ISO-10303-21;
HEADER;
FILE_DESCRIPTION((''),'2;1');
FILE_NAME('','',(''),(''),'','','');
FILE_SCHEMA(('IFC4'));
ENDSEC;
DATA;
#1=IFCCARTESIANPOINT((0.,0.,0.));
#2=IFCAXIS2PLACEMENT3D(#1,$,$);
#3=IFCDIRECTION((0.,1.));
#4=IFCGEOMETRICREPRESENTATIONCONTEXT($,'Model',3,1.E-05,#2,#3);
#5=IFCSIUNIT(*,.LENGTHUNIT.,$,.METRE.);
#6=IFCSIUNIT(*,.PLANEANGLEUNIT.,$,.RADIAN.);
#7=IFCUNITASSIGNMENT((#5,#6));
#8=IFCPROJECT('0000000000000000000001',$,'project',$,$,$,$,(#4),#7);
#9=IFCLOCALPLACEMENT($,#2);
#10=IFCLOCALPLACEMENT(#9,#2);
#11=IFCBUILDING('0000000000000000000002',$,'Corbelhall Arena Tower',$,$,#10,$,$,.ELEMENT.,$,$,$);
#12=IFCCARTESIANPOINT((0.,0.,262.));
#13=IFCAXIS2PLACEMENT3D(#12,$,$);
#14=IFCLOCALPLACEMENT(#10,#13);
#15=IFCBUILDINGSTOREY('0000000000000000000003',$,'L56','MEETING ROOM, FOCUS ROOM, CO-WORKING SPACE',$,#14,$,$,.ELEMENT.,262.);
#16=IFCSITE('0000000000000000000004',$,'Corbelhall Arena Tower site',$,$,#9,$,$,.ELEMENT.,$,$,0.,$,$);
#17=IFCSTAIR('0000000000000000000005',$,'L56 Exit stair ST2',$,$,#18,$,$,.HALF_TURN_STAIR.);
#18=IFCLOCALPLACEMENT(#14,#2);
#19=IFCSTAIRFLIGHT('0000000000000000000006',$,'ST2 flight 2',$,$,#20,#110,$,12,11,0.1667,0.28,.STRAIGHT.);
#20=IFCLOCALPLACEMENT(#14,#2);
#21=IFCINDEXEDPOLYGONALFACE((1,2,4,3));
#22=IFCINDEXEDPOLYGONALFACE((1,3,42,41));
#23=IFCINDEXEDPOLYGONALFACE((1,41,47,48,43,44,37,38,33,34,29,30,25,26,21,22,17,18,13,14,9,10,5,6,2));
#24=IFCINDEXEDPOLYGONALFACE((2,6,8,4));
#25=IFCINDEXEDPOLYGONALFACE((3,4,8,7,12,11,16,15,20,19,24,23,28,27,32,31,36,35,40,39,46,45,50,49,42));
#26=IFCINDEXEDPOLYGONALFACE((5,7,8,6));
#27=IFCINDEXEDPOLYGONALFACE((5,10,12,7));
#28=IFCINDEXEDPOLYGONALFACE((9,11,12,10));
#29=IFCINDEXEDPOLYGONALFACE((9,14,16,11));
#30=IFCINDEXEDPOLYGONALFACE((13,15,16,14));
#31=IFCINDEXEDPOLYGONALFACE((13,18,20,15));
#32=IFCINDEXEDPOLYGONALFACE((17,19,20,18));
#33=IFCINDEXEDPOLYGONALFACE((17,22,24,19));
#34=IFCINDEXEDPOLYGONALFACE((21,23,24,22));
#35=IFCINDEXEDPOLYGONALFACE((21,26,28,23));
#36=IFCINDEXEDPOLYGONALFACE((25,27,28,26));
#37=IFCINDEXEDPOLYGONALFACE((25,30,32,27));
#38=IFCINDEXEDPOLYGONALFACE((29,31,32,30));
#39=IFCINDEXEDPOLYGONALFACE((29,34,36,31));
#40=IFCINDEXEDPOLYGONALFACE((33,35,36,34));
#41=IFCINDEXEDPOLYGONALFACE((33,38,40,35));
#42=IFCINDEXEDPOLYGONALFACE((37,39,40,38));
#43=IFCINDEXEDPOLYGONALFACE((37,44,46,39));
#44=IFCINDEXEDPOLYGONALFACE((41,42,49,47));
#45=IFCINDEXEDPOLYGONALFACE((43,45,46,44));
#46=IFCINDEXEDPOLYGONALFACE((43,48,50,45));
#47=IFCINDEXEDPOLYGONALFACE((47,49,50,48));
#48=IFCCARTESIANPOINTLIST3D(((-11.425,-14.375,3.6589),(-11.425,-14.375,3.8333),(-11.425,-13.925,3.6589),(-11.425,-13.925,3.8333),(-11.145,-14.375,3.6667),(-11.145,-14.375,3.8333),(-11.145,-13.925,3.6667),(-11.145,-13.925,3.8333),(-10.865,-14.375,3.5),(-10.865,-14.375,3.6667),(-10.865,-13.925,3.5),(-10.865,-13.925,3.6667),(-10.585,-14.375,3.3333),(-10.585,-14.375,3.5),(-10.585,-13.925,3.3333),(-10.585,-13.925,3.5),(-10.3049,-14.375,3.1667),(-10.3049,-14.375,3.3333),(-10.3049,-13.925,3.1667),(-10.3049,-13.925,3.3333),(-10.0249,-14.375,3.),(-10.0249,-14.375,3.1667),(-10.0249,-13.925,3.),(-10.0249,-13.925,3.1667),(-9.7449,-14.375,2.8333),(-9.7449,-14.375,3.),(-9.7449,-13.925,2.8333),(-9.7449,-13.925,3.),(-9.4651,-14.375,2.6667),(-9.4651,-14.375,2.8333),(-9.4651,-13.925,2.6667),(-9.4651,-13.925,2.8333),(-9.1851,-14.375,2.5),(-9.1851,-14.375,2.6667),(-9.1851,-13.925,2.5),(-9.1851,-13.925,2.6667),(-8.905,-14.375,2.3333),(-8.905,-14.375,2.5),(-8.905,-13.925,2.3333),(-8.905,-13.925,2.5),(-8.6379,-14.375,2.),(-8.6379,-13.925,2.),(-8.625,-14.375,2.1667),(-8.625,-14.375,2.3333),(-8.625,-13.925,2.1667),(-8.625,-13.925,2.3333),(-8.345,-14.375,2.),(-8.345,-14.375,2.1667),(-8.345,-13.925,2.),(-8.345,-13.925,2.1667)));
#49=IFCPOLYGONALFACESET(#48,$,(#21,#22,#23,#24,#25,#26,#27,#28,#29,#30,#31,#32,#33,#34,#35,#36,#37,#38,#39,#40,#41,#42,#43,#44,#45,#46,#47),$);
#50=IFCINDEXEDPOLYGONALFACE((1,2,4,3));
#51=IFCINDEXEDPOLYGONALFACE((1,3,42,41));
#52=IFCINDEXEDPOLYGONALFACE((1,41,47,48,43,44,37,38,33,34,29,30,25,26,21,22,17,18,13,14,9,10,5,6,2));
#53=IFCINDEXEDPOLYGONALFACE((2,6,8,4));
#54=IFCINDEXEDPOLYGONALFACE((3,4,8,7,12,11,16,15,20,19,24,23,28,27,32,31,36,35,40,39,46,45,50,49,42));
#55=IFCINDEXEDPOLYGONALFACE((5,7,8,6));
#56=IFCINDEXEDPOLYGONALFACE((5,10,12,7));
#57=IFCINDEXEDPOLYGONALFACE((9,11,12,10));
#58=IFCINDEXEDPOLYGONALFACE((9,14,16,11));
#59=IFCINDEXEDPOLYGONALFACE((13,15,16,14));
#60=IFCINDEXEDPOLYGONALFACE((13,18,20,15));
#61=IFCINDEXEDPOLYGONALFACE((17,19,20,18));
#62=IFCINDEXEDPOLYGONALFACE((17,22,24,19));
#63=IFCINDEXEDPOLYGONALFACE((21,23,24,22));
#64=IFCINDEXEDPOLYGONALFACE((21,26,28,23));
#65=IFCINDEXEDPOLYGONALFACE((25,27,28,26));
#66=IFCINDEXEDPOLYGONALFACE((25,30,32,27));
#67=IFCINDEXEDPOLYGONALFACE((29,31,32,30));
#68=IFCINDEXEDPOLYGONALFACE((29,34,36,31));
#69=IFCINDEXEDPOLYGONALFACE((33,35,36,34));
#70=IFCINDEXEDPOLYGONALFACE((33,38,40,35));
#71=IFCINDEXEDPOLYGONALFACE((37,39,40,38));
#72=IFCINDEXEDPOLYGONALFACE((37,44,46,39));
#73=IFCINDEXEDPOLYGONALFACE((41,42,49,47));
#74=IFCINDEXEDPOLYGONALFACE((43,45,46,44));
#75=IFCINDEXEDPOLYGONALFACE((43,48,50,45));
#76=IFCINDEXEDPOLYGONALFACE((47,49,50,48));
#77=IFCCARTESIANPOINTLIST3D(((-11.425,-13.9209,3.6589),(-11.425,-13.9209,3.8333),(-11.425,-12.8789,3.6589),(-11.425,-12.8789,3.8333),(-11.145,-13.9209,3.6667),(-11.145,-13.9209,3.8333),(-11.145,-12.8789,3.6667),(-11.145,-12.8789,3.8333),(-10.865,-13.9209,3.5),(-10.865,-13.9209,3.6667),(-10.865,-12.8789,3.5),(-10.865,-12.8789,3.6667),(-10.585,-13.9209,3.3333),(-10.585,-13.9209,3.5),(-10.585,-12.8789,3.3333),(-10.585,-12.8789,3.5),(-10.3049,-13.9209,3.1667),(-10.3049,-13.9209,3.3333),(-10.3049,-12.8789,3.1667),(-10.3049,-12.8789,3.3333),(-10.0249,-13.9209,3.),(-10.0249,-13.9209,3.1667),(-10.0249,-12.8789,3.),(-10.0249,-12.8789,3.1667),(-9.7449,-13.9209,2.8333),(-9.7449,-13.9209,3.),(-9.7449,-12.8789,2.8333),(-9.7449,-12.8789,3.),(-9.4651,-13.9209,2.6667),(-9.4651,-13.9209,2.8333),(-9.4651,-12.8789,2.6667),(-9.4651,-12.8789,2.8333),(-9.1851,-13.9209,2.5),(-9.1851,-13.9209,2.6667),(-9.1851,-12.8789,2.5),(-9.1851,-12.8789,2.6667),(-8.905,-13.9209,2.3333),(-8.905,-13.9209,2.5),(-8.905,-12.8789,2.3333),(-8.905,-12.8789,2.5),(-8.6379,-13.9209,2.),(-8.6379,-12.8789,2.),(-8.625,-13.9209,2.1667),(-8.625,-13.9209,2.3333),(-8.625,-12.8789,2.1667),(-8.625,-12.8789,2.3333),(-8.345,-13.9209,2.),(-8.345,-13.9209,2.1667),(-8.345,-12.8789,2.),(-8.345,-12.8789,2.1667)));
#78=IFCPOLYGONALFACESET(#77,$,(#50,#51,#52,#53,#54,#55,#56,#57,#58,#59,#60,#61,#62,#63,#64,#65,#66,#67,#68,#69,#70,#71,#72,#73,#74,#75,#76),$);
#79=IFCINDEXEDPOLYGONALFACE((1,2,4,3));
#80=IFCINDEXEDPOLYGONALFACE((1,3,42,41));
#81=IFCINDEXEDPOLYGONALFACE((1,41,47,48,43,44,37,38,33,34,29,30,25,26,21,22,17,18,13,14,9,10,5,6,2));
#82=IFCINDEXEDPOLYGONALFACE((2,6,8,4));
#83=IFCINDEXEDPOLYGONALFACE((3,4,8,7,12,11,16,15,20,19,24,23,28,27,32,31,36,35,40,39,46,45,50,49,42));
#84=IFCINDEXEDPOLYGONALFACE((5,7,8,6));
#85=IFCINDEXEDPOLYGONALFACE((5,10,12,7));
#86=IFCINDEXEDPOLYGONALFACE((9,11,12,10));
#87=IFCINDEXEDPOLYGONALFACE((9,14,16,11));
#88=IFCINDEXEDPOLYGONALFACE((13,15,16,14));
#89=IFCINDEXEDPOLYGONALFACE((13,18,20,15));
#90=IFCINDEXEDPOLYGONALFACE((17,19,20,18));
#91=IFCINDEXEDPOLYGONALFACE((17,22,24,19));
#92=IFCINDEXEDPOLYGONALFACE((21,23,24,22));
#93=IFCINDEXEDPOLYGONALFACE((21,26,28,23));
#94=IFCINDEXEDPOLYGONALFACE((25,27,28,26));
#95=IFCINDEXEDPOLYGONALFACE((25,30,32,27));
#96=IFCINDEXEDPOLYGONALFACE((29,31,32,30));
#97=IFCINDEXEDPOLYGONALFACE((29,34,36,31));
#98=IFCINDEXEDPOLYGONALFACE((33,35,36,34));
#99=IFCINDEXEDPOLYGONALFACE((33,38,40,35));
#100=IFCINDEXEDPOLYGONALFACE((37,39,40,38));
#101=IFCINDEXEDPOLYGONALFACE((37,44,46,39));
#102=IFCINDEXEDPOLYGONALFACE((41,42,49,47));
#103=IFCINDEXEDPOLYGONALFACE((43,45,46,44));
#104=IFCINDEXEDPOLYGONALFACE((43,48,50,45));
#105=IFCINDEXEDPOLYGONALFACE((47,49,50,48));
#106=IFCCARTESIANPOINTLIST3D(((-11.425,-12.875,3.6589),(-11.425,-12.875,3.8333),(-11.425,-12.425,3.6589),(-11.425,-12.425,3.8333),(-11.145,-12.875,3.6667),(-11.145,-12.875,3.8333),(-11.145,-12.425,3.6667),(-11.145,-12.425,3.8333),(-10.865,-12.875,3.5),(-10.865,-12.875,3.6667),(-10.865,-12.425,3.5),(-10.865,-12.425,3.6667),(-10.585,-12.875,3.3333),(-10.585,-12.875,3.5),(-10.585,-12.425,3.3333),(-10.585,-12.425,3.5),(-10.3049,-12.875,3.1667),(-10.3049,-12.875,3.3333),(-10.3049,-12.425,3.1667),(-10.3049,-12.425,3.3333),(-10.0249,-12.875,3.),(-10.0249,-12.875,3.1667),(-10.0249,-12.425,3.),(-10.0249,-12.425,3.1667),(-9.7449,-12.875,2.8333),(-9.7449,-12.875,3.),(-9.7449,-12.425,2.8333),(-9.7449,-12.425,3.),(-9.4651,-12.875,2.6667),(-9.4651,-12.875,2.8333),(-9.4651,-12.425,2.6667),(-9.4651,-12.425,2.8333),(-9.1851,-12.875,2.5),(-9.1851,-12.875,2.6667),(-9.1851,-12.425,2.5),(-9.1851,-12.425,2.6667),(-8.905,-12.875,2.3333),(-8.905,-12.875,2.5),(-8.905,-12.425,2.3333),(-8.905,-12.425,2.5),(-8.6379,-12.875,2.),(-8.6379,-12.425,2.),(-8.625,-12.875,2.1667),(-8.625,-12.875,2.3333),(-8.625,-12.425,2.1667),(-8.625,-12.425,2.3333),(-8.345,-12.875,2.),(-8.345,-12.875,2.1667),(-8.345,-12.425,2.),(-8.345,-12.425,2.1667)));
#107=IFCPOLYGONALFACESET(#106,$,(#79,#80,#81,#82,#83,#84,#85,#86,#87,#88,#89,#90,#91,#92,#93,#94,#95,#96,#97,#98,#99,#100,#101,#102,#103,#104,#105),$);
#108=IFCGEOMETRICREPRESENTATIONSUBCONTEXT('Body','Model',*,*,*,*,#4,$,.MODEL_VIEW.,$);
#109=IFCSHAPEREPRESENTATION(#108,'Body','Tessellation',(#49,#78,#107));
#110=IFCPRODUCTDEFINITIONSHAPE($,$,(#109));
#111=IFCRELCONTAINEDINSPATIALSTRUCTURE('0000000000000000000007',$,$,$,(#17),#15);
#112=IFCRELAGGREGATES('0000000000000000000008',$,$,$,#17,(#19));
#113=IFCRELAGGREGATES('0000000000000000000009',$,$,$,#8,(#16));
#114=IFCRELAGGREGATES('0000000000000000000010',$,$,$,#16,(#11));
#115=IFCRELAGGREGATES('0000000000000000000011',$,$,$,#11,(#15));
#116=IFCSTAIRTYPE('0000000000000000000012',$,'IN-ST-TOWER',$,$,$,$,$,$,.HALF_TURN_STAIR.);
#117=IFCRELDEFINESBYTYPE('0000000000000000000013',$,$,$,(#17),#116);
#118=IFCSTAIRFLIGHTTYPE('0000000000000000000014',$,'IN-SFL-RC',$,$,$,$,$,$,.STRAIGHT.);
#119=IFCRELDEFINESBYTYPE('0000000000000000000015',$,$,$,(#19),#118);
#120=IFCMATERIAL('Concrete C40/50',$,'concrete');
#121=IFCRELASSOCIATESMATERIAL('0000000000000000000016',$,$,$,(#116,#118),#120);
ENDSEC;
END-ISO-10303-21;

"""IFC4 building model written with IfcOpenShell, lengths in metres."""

from ifc_helpers import new_model, si_unit, direction, frame, origin, place, context, subcontext, project, spatial, polyline, outline, extrude, material, type_object, element, aggregate, save


model = new_model("IFC4")

# Units and contexts
model_context = context("Model", 3, precision=1e-05, world=origin(), true_north=direction((0.0, 1.0)))
body_context = subcontext(model_context, "Body", "Model", "MODEL_VIEW")
ifc_project = project(units=[si_unit("LENGTHUNIT", "METRE"), si_unit("PLANEANGLEUNIT", "RADIAN")], contexts=[model_context])

# Site, building, storey
site_placement = place(None, origin())
site = spatial("IfcSite", under=ifc_project, at=site_placement, Name="Corbelhall Arena Tower site", CompositionType="ELEMENT", RefElevation=0.0)
building_placement = place(site_placement, origin())
building = spatial("IfcBuilding", under=site, at=building_placement, Name="Corbelhall Arena Tower", CompositionType="ELEMENT")
storey_placement = place(building_placement, frame((0.0, 0.0, 262.0)))
storey = spatial("IfcBuildingStorey", under=building, at=storey_placement, Name="L56", Description="MEETING ROOM, FOCUS ROOM, CO-WORKING SPACE", CompositionType="ELEMENT", Elevation=262.0)

# Shared definitions
ifc_material_1 = material(Name="Concrete C40/50", Category="concrete")

# Stair, stair flight
stair_type = type_object("IfcStairType", Name="IN-ST-TOWER", PredefinedType="HALF_TURN_STAIR", material=ifc_material_1)
stair_placement = place(storey_placement, origin())
stair = element("IfcStair", 1, at=stair_placement, inside=storey, type_object=stair_type, Name="L56 Exit stair ST2", PredefinedType="HALF_TURN_STAIR")
stair_flight_type = type_object("IfcStairFlightType", Name="IN-SFL-RC", PredefinedType="STRAIGHT", material=ifc_material_1)
stair_flight_1_placement = place(storey_placement, frame((-8.345, -13.3999, 2.0), z_axis=(0.0, 0.0, 1.0), x_axis=(-1.0, 0.0, 0.0)))
stair_flight_1 = element("IfcStairFlight", 2, at=stair_flight_1_placement, type_object=stair_flight_type, Name="ST2 flight 2", NumberOfRisers=12, NumberOfTreads=11, PredefinedType="STRAIGHT", RiserHeight=0.1667, TreadLength=0.28, context=body_context, shape_type="SweptSolid", body=[
    extrude(outline(polyline([(0.0, 0.0), (0.0, 0.1667), (0.28, 0.1667), (0.28, 0.3333), (0.5601, 0.3333), (0.5601, 0.5), (0.8401, 0.5), (0.8401, 0.6667), (1.1201, 0.6667), (1.1201, 0.8333), (1.3999, 0.8333), (1.3999, 1.0), (1.6799, 1.0), (1.6799, 1.1667), (1.96, 1.1667), (1.96, 1.3333), (2.24, 1.3333), (2.24, 1.5), (2.52, 1.5), (2.52, 1.6667), (2.8, 1.6667), (2.8, 1.8333), (3.0801, 1.8333), (3.0801, 2.0), (3.0801, 1.6589), (0.293, 0.0), (0.0, 0.0)])), frame((0.0, 0.9751, 0.0), z_axis=(0.0, -1.0, 0.0), x_axis=(1.0, 0.0, 0.0)), (0.0, 0.0, 1.0), 0.45),
    extrude(outline(polyline([(0.0, 0.0), (0.0, 0.1667), (0.28, 0.1667), (0.28, 0.3333), (0.5601, 0.3333), (0.5601, 0.5), (0.8401, 0.5), (0.8401, 0.6667), (1.1201, 0.6667), (1.1201, 0.8333), (1.3999, 0.8333), (1.3999, 1.0), (1.6799, 1.0), (1.6799, 1.1667), (1.96, 1.1667), (1.96, 1.3333), (2.24, 1.3333), (2.24, 1.5), (2.52, 1.5), (2.52, 1.6667), (2.8, 1.6667), (2.8, 1.8333), (3.0801, 1.8333), (3.0801, 2.0), (3.0801, 1.6589), (0.293, 0.0), (0.0, 0.0)])), frame((0.0, 0.521, 0.0), z_axis=(0.0, -1.0, 0.0), x_axis=(1.0, 0.0, 0.0)), (0.0, 0.0, 1.0), 1.042),
    extrude(outline(polyline([(0.0, 0.0), (0.0, 0.1667), (0.28, 0.1667), (0.28, 0.3333), (0.5601, 0.3333), (0.5601, 0.5), (0.8401, 0.5), (0.8401, 0.6667), (1.1201, 0.6667), (1.1201, 0.8333), (1.3999, 0.8333), (1.3999, 1.0), (1.6799, 1.0), (1.6799, 1.1667), (1.96, 1.1667), (1.96, 1.3333), (2.24, 1.3333), (2.24, 1.5), (2.52, 1.5), (2.52, 1.6667), (2.8, 1.6667), (2.8, 1.8333), (3.0801, 1.8333), (3.0801, 2.0), (3.0801, 1.6589), (0.293, 0.0), (0.0, 0.0)])), frame((0.0, -0.5249, 0.0), z_axis=(0.0, -1.0, 0.0), x_axis=(1.0, 0.0, 0.0)), (0.0, 0.0, 1.0), 0.45),
])
aggregate(stair, [stair_flight_1])

save(model, "model.ifc")
